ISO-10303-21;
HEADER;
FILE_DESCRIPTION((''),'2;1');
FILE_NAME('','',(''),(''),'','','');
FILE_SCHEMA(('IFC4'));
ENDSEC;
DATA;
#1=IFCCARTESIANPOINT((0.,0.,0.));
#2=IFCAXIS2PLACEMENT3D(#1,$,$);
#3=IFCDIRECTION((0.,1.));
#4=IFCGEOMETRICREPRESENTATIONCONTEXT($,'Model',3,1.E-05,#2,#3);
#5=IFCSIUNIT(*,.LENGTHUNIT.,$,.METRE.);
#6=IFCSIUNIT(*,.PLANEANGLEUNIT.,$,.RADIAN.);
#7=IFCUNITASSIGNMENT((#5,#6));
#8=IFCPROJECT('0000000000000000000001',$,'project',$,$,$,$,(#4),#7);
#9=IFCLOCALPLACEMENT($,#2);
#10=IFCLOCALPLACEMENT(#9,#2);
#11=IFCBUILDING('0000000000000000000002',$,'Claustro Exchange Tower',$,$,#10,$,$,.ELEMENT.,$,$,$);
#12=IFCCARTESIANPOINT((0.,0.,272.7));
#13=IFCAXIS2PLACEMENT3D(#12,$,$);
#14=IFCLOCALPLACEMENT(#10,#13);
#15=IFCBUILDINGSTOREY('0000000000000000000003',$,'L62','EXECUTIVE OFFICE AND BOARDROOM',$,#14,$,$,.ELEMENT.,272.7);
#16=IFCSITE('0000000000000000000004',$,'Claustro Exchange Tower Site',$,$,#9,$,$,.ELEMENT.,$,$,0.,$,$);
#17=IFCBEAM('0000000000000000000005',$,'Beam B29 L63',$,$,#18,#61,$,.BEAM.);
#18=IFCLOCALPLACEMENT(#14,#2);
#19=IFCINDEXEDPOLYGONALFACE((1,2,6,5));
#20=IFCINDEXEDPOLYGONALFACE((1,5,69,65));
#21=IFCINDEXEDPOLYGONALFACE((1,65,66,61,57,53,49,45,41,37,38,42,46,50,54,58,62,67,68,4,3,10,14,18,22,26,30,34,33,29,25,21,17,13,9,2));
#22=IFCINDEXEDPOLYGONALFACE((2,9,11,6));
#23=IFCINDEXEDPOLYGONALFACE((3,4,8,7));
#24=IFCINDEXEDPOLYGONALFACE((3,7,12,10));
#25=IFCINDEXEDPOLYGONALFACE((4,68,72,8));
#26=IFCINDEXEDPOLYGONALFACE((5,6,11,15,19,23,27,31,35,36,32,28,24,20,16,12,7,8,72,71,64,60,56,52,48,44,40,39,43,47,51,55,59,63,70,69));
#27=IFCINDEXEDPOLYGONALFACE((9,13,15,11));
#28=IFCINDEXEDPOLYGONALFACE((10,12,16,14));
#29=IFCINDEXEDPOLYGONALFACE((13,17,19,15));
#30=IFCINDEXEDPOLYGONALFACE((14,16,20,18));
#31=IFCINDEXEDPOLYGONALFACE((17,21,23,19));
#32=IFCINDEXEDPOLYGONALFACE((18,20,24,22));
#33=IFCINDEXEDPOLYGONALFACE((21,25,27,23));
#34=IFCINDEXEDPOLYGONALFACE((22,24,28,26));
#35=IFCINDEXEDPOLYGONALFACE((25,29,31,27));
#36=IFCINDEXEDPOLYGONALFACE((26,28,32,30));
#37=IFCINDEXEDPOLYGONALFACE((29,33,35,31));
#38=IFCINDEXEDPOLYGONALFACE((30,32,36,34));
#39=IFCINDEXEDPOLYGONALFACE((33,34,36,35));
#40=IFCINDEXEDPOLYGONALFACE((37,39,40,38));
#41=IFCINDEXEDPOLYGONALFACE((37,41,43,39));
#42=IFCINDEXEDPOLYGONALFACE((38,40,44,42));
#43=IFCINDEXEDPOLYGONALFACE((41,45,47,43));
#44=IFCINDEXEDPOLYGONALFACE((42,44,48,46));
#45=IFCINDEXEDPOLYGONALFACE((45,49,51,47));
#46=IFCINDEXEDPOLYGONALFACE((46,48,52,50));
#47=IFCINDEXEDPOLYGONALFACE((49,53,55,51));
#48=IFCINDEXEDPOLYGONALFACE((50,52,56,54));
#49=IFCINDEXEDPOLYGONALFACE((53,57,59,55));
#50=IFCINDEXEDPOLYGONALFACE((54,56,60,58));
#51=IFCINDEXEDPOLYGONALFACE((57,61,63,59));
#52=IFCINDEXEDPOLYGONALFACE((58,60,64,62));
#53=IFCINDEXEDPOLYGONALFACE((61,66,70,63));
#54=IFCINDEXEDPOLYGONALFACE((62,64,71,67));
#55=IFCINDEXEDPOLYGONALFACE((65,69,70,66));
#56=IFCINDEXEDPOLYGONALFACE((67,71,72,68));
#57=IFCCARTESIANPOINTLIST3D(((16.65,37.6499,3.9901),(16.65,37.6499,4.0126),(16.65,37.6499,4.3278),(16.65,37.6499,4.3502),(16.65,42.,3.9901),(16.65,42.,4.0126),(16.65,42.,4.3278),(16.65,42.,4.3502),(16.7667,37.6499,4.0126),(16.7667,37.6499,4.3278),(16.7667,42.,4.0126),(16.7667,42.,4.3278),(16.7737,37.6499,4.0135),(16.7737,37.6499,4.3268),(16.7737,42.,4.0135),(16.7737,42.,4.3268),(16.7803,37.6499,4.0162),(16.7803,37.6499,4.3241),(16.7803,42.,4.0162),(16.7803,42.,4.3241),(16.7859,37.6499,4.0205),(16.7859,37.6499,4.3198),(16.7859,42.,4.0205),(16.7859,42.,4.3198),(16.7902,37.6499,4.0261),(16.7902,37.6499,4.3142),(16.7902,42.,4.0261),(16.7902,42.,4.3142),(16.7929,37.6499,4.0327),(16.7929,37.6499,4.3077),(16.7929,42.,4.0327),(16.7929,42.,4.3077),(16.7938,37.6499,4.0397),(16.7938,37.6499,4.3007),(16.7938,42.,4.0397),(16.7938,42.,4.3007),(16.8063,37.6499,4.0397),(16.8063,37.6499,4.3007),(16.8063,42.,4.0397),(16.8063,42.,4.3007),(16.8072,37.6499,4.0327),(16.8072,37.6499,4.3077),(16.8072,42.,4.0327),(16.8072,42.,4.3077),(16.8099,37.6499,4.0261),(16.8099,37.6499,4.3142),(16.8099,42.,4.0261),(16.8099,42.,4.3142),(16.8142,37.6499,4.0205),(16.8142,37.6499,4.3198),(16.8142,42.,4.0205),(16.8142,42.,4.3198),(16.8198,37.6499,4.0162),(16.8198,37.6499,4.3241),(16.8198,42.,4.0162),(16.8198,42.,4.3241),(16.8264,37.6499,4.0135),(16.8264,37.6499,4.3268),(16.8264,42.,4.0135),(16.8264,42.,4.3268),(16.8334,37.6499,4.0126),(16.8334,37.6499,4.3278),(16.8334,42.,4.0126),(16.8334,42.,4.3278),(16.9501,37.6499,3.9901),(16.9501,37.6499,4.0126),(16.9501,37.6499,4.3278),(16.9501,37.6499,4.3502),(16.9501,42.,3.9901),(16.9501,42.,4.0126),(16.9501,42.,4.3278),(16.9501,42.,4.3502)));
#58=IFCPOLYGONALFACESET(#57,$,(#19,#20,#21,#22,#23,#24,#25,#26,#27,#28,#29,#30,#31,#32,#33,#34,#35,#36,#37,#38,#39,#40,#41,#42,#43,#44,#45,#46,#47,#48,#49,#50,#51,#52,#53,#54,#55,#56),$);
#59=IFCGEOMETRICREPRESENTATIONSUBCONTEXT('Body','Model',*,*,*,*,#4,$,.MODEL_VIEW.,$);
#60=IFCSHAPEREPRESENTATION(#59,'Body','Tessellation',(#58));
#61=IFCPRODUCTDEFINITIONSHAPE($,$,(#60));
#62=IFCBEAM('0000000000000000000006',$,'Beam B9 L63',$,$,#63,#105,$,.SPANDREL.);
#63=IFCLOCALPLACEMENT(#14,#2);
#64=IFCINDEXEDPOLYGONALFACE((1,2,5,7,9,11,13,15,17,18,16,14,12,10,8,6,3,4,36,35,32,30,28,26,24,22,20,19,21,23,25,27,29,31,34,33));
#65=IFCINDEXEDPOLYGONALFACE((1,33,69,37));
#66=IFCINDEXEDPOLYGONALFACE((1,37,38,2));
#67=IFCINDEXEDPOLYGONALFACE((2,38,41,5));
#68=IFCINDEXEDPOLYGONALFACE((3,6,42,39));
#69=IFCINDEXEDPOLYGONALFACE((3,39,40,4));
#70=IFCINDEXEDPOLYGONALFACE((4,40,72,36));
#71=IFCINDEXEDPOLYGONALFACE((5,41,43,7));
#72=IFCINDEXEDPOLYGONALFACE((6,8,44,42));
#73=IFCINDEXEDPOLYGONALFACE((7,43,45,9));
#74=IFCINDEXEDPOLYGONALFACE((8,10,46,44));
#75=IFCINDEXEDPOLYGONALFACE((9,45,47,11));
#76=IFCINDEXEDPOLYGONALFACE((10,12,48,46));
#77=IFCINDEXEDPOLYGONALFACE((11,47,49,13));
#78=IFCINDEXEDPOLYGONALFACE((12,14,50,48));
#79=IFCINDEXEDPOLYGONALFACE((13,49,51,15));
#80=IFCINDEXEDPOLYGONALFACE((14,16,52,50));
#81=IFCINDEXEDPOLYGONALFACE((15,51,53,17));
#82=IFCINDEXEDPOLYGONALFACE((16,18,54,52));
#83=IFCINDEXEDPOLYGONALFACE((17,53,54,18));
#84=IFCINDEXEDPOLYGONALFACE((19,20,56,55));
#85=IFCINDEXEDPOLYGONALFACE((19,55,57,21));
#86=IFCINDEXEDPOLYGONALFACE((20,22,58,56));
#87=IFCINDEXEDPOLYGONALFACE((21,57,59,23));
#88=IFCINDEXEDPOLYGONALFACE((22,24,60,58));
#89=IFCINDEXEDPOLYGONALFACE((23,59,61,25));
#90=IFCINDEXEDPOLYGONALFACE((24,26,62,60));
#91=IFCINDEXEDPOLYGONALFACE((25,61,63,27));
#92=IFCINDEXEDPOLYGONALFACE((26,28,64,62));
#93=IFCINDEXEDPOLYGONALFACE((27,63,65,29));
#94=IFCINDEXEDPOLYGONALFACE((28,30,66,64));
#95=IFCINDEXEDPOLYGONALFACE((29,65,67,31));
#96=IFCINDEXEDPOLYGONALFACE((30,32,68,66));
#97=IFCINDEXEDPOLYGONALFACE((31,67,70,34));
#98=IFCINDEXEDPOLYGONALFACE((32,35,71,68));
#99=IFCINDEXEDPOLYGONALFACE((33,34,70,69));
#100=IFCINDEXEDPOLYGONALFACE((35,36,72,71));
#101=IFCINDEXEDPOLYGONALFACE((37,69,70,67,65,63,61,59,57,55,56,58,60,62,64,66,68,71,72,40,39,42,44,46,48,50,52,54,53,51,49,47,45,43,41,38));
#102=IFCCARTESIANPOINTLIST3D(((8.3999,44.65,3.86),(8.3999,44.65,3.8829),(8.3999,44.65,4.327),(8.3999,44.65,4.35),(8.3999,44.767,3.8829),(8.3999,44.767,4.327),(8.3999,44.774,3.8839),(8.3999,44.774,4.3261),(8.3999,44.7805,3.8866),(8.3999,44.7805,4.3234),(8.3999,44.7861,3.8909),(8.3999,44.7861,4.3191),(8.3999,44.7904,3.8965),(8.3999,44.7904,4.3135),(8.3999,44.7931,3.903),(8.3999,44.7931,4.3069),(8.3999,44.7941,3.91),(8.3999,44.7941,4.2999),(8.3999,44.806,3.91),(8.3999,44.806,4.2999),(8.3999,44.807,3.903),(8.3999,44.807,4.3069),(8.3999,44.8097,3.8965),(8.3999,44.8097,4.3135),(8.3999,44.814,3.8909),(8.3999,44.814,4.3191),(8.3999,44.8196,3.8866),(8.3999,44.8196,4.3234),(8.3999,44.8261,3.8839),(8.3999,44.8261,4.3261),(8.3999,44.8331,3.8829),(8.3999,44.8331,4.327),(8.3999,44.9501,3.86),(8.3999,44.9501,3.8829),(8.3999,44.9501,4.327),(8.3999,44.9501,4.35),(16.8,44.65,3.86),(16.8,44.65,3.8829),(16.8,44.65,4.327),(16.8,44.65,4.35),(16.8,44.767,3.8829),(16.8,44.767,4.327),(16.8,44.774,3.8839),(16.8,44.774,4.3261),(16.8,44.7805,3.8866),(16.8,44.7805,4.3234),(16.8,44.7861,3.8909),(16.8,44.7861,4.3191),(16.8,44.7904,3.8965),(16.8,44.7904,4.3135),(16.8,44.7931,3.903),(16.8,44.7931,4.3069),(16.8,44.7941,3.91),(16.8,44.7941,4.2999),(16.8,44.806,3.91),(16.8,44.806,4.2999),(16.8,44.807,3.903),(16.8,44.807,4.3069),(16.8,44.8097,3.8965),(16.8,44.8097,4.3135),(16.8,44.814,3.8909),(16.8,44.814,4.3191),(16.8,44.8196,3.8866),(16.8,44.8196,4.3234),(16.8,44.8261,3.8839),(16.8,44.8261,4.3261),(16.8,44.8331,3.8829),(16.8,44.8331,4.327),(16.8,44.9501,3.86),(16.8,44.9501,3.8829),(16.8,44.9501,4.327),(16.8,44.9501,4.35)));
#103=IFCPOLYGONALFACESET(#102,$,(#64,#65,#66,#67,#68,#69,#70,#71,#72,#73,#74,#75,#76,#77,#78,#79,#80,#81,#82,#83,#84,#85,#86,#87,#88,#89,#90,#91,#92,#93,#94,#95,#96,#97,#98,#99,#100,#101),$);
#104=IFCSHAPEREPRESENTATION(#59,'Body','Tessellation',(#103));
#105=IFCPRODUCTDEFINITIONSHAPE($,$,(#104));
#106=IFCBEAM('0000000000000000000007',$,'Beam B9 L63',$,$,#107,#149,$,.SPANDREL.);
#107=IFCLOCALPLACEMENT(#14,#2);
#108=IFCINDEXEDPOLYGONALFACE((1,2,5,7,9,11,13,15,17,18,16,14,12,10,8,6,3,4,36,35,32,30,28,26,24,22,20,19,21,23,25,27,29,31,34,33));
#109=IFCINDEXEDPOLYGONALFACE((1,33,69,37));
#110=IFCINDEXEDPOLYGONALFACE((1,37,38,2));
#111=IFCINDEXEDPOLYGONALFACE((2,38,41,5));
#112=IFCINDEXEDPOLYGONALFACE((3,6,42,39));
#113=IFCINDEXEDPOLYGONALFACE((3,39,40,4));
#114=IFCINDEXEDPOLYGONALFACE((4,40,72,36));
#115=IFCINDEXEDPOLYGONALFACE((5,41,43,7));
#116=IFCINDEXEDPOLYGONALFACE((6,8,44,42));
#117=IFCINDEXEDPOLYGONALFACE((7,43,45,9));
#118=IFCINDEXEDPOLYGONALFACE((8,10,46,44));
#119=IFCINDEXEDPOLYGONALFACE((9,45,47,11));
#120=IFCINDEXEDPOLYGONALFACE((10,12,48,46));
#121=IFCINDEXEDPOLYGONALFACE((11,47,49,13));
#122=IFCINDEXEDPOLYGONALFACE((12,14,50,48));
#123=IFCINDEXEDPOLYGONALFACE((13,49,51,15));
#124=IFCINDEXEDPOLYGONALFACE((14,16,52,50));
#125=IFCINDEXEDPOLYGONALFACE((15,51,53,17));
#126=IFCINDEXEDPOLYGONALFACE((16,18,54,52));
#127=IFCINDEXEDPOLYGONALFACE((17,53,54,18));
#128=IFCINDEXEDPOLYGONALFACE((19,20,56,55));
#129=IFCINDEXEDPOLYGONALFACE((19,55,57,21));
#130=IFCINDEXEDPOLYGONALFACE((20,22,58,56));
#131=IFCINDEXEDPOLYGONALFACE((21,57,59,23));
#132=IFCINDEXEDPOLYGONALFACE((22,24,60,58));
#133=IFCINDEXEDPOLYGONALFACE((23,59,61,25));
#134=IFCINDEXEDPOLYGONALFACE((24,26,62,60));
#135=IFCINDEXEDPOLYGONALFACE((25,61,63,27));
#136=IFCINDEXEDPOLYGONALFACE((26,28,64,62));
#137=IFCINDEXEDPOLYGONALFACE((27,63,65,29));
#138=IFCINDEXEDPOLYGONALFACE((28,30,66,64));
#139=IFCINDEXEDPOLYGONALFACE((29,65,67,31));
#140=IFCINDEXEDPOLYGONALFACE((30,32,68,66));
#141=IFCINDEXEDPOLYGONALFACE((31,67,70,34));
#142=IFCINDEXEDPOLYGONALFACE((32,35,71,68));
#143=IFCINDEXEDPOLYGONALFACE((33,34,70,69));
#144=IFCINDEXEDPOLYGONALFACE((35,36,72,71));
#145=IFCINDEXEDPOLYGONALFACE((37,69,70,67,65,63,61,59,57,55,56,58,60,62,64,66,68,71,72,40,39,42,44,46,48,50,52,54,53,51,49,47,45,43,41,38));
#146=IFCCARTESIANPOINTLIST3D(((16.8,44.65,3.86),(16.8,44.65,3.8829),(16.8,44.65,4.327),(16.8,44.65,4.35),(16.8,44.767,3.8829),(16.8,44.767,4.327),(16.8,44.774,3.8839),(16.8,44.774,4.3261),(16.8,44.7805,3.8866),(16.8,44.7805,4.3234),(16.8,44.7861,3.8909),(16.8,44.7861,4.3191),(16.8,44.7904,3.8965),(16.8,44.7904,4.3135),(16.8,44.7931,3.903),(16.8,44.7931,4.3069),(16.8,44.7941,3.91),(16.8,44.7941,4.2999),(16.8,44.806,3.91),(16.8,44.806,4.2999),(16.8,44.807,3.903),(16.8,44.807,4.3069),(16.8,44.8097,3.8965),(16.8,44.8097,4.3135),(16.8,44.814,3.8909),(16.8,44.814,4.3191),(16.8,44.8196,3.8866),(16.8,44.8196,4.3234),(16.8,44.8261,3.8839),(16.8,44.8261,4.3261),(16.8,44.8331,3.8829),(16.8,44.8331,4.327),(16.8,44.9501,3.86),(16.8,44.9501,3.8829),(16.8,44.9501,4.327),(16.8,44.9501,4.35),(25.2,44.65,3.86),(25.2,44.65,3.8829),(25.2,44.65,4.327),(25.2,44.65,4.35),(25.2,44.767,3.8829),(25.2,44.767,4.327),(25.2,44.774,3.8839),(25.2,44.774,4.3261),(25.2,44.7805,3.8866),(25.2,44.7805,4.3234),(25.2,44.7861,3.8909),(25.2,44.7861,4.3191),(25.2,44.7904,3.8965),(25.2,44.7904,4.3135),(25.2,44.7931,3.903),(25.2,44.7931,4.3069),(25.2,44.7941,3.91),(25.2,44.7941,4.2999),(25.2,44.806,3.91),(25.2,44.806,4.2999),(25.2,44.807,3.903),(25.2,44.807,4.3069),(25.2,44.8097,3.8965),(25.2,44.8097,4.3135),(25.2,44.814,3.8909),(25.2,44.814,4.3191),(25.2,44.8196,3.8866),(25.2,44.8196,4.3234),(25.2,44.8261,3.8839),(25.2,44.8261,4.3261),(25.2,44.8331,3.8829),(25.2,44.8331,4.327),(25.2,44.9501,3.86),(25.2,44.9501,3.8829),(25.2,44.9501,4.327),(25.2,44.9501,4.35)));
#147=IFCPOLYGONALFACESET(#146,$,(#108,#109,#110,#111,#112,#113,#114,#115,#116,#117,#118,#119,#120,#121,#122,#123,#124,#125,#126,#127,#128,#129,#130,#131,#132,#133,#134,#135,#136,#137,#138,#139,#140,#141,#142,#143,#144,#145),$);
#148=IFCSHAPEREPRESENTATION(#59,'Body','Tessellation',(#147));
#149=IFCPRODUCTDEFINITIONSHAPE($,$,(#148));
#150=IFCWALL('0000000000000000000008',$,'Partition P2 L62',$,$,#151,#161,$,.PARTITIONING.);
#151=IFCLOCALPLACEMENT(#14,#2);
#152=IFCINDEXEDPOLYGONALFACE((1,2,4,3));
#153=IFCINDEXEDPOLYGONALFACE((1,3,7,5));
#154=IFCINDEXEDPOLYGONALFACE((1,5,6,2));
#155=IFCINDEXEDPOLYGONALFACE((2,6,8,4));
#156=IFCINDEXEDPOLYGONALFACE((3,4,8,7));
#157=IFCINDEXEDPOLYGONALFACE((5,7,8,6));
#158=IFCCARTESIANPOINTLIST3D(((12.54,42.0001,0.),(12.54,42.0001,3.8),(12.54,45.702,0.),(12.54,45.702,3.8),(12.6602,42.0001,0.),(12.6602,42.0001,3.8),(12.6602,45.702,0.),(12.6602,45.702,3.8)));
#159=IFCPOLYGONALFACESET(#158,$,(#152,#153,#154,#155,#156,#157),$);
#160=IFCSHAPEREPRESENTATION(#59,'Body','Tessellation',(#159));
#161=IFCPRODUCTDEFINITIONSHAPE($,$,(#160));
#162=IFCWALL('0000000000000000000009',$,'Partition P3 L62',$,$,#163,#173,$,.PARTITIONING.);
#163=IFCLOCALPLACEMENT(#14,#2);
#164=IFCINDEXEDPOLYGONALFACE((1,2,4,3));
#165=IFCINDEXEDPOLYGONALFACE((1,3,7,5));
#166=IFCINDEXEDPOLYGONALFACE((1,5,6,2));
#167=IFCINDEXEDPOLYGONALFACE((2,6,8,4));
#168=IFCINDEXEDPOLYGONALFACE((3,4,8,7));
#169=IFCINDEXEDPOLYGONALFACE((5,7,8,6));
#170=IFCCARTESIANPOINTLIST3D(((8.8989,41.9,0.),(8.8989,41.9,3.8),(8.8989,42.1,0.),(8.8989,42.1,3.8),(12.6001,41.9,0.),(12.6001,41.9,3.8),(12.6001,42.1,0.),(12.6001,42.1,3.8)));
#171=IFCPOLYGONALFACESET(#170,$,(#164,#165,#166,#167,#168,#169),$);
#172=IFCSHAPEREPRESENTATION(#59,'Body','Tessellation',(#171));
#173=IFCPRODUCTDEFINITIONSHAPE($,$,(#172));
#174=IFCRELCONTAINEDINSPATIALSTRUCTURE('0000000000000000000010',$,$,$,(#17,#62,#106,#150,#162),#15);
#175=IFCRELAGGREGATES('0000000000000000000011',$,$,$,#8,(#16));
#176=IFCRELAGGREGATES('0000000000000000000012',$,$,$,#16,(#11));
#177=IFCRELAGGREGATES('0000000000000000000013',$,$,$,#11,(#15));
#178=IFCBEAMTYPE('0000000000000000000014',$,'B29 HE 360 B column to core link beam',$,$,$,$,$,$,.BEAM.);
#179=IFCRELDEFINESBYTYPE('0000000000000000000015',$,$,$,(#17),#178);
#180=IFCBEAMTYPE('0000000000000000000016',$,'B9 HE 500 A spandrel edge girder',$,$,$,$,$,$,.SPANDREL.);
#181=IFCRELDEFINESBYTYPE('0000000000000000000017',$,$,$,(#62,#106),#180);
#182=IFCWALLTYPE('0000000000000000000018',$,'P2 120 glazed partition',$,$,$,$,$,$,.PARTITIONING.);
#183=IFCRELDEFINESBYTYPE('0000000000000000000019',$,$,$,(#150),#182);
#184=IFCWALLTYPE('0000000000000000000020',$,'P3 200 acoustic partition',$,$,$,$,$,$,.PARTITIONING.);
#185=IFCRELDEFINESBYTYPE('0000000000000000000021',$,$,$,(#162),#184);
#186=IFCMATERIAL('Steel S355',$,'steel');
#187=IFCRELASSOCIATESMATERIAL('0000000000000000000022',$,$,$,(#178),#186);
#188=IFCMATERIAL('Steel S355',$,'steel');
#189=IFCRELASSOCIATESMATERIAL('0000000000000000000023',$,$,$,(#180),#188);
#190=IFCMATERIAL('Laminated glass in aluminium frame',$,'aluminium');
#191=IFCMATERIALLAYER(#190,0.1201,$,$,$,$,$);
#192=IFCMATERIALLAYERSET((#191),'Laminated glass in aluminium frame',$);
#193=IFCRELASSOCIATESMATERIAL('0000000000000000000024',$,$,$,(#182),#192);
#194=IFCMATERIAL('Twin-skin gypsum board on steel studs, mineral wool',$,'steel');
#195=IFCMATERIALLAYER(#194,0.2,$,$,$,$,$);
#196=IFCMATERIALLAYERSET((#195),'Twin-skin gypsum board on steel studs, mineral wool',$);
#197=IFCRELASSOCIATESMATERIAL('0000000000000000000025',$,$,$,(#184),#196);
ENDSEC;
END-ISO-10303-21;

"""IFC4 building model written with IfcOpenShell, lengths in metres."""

from ifc_helpers import new_model, si_unit, direction, frame, frame_2d, origin, origin_2d, place, context, subcontext, project, spatial, rectangle, i_section, extrude, material, layer, layer_set, material_profile, profile_set, type_object, element, save


model = new_model("IFC4")

# Units and contexts
model_context = context("Model", 3, precision=1e-05, world=origin(), true_north=direction((0.0, 1.0)))
body_context = subcontext(model_context, "Body", "Model", "MODEL_VIEW")
ifc_project = project(units=[si_unit("LENGTHUNIT", "METRE"), si_unit("PLANEANGLEUNIT", "RADIAN")], contexts=[model_context])

# Site, building, storey
site_placement = place(None, origin())
site = spatial("IfcSite", under=ifc_project, at=site_placement, Name="Claustro Exchange Tower Site", CompositionType="ELEMENT", RefElevation=0.0)
building_placement = place(site_placement, origin())
building = spatial("IfcBuilding", under=site, at=building_placement, Name="Claustro Exchange Tower", CompositionType="ELEMENT")
storey_placement = place(building_placement, frame((0.0, 0.0, 272.7)))
storey = spatial("IfcBuildingStorey", under=building, at=storey_placement, Name="L62", Description="EXECUTIVE OFFICE AND BOARDROOM", CompositionType="ELEMENT", Elevation=272.7)

# Beams
ifc_material_1 = material(Name="Steel S355", Category="steel")
ifc_material_profile_1 = material_profile(ifc_material_1, i_section(OverallWidth=0.3, OverallDepth=0.3601, WebThickness=0.0125, FlangeThickness=0.0225, FilletRadius=0.0271, at=origin_2d()), Name="HE 360 B")
ifc_profile_set_1 = profile_set([ifc_material_profile_1], Name="Steel S355")
beam_type_1 = type_object("IfcBeamType", Name="B29 HE 360 B column to core link beam", PredefinedType="BEAM", material=ifc_profile_set_1)
for number, where, z_axis, x_axis, name in (
    (1, (16.8, 37.6499, 4.1702), (0.0, 1.0, 0.0), (-1.0, 0.0, 0.0), "Beam B29 L63"),
):
    element("IfcBeam", number, at=place(storey_placement, frame(where, z_axis=z_axis, x_axis=x_axis)), inside=storey, type_object=beam_type_1, Name=name, PredefinedType="BEAM", context=body_context, shape_type="SweptSolid", body=[
        extrude(i_section(OverallWidth=0.3, OverallDepth=0.3601, WebThickness=0.0125, FlangeThickness=0.0225, FilletRadius=0.0271, at=origin_2d()), origin(), (0.0, 0.0, 1.0), 4.3501),
    ])
ifc_material_2 = material(Name="Steel S355", Category="steel")
ifc_material_profile_2 = material_profile(ifc_material_2, i_section(OverallWidth=0.3, OverallDepth=0.49, WebThickness=0.012, FlangeThickness=0.0229, FilletRadius=0.0271, at=origin_2d()), Name="HE 500 A")
ifc_profile_set_2 = profile_set([ifc_material_profile_2], Name="Steel S355")
beam_type_2 = type_object("IfcBeamType", Name="B9 HE 500 A spandrel edge girder", PredefinedType="SPANDREL", material=ifc_profile_set_2)
beam_1_placement = place(storey_placement, frame((8.3999, 44.8, 4.105), z_axis=(1.0, 0.0, 0.0), x_axis=(0.0, 1.0, 0.0)))
element("IfcBeam", 2, at=beam_1_placement, inside=storey, type_object=beam_type_2, Name="Beam B9 L63", PredefinedType="SPANDREL", context=body_context, shape_type="SweptSolid", body=[
    extrude(i_section(OverallWidth=0.3, OverallDepth=0.49, WebThickness=0.012, FlangeThickness=0.0229, FilletRadius=0.0271, at=origin_2d()), origin(), (0.0, 0.0, 1.0), 8.4001),
])
beam_2_placement = place(storey_placement, frame((16.8, 44.8, 4.105), z_axis=(1.0, 0.0, 0.0), x_axis=(0.0, 1.0, 0.0)))
element("IfcBeam", 3, at=beam_2_placement, inside=storey, type_object=beam_type_2, Name="Beam B9 L63", PredefinedType="SPANDREL", context=body_context, shape_type="SweptSolid", body=[
    extrude(i_section(OverallWidth=0.3, OverallDepth=0.49, WebThickness=0.012, FlangeThickness=0.0229, FilletRadius=0.0271, at=origin_2d()), origin(), (0.0, 0.0, 1.0), 8.3999),
])

# Wall
ifc_material_3 = material(Name="Laminated glass in aluminium frame", Category="aluminium")
ifc_layer_1 = layer(ifc_material_3, 0.1201)
ifc_layer_set_1 = layer_set([ifc_layer_1], Name="Laminated glass in aluminium frame")
wall_type_1 = type_object("IfcWallType", Name="P2 120 glazed partition", PredefinedType="PARTITIONING", material=ifc_layer_set_1)
wall_1_placement = place(storey_placement, frame((12.6001, 42.0, 0.0), z_axis=(0.0, 0.0, 1.0), x_axis=(0.0, 1.0, 0.0)))
element("IfcWall", 4, at=wall_1_placement, inside=storey, type_object=wall_type_1, Name="Partition P2 L62", PredefinedType="PARTITIONING", context=body_context, shape_type="SweptSolid", body=[
    extrude(rectangle(XDim=3.7019, YDim=0.1201, at=frame_2d((1.8511, 0.0))), origin(), (0.0, 0.0, 1.0), 3.8),
])

# Wall
ifc_material_4 = material(Name="Twin-skin gypsum board on steel studs, mineral wool", Category="steel")
ifc_layer_2 = layer(ifc_material_4, 0.2)
ifc_layer_set_2 = layer_set([ifc_layer_2], Name="Twin-skin gypsum board on steel studs, mineral wool")
wall_type_2 = type_object("IfcWallType", Name="P3 200 acoustic partition", PredefinedType="PARTITIONING", material=ifc_layer_set_2)
wall_2_placement = place(storey_placement, frame((8.8989, 42.0, 0.0), z_axis=(0.0, 0.0, 1.0), x_axis=(1.0, 0.0, 0.0)))
element("IfcWall", 5, at=wall_2_placement, inside=storey, type_object=wall_type_2, Name="Partition P3 L62", PredefinedType="PARTITIONING", context=body_context, shape_type="SweptSolid", body=[
    extrude(rectangle(XDim=3.7012, YDim=0.2, at=frame_2d((1.8506, 0.0))), origin(), (0.0, 0.0, 1.0), 3.8),
])

save(model, "model.ifc")
